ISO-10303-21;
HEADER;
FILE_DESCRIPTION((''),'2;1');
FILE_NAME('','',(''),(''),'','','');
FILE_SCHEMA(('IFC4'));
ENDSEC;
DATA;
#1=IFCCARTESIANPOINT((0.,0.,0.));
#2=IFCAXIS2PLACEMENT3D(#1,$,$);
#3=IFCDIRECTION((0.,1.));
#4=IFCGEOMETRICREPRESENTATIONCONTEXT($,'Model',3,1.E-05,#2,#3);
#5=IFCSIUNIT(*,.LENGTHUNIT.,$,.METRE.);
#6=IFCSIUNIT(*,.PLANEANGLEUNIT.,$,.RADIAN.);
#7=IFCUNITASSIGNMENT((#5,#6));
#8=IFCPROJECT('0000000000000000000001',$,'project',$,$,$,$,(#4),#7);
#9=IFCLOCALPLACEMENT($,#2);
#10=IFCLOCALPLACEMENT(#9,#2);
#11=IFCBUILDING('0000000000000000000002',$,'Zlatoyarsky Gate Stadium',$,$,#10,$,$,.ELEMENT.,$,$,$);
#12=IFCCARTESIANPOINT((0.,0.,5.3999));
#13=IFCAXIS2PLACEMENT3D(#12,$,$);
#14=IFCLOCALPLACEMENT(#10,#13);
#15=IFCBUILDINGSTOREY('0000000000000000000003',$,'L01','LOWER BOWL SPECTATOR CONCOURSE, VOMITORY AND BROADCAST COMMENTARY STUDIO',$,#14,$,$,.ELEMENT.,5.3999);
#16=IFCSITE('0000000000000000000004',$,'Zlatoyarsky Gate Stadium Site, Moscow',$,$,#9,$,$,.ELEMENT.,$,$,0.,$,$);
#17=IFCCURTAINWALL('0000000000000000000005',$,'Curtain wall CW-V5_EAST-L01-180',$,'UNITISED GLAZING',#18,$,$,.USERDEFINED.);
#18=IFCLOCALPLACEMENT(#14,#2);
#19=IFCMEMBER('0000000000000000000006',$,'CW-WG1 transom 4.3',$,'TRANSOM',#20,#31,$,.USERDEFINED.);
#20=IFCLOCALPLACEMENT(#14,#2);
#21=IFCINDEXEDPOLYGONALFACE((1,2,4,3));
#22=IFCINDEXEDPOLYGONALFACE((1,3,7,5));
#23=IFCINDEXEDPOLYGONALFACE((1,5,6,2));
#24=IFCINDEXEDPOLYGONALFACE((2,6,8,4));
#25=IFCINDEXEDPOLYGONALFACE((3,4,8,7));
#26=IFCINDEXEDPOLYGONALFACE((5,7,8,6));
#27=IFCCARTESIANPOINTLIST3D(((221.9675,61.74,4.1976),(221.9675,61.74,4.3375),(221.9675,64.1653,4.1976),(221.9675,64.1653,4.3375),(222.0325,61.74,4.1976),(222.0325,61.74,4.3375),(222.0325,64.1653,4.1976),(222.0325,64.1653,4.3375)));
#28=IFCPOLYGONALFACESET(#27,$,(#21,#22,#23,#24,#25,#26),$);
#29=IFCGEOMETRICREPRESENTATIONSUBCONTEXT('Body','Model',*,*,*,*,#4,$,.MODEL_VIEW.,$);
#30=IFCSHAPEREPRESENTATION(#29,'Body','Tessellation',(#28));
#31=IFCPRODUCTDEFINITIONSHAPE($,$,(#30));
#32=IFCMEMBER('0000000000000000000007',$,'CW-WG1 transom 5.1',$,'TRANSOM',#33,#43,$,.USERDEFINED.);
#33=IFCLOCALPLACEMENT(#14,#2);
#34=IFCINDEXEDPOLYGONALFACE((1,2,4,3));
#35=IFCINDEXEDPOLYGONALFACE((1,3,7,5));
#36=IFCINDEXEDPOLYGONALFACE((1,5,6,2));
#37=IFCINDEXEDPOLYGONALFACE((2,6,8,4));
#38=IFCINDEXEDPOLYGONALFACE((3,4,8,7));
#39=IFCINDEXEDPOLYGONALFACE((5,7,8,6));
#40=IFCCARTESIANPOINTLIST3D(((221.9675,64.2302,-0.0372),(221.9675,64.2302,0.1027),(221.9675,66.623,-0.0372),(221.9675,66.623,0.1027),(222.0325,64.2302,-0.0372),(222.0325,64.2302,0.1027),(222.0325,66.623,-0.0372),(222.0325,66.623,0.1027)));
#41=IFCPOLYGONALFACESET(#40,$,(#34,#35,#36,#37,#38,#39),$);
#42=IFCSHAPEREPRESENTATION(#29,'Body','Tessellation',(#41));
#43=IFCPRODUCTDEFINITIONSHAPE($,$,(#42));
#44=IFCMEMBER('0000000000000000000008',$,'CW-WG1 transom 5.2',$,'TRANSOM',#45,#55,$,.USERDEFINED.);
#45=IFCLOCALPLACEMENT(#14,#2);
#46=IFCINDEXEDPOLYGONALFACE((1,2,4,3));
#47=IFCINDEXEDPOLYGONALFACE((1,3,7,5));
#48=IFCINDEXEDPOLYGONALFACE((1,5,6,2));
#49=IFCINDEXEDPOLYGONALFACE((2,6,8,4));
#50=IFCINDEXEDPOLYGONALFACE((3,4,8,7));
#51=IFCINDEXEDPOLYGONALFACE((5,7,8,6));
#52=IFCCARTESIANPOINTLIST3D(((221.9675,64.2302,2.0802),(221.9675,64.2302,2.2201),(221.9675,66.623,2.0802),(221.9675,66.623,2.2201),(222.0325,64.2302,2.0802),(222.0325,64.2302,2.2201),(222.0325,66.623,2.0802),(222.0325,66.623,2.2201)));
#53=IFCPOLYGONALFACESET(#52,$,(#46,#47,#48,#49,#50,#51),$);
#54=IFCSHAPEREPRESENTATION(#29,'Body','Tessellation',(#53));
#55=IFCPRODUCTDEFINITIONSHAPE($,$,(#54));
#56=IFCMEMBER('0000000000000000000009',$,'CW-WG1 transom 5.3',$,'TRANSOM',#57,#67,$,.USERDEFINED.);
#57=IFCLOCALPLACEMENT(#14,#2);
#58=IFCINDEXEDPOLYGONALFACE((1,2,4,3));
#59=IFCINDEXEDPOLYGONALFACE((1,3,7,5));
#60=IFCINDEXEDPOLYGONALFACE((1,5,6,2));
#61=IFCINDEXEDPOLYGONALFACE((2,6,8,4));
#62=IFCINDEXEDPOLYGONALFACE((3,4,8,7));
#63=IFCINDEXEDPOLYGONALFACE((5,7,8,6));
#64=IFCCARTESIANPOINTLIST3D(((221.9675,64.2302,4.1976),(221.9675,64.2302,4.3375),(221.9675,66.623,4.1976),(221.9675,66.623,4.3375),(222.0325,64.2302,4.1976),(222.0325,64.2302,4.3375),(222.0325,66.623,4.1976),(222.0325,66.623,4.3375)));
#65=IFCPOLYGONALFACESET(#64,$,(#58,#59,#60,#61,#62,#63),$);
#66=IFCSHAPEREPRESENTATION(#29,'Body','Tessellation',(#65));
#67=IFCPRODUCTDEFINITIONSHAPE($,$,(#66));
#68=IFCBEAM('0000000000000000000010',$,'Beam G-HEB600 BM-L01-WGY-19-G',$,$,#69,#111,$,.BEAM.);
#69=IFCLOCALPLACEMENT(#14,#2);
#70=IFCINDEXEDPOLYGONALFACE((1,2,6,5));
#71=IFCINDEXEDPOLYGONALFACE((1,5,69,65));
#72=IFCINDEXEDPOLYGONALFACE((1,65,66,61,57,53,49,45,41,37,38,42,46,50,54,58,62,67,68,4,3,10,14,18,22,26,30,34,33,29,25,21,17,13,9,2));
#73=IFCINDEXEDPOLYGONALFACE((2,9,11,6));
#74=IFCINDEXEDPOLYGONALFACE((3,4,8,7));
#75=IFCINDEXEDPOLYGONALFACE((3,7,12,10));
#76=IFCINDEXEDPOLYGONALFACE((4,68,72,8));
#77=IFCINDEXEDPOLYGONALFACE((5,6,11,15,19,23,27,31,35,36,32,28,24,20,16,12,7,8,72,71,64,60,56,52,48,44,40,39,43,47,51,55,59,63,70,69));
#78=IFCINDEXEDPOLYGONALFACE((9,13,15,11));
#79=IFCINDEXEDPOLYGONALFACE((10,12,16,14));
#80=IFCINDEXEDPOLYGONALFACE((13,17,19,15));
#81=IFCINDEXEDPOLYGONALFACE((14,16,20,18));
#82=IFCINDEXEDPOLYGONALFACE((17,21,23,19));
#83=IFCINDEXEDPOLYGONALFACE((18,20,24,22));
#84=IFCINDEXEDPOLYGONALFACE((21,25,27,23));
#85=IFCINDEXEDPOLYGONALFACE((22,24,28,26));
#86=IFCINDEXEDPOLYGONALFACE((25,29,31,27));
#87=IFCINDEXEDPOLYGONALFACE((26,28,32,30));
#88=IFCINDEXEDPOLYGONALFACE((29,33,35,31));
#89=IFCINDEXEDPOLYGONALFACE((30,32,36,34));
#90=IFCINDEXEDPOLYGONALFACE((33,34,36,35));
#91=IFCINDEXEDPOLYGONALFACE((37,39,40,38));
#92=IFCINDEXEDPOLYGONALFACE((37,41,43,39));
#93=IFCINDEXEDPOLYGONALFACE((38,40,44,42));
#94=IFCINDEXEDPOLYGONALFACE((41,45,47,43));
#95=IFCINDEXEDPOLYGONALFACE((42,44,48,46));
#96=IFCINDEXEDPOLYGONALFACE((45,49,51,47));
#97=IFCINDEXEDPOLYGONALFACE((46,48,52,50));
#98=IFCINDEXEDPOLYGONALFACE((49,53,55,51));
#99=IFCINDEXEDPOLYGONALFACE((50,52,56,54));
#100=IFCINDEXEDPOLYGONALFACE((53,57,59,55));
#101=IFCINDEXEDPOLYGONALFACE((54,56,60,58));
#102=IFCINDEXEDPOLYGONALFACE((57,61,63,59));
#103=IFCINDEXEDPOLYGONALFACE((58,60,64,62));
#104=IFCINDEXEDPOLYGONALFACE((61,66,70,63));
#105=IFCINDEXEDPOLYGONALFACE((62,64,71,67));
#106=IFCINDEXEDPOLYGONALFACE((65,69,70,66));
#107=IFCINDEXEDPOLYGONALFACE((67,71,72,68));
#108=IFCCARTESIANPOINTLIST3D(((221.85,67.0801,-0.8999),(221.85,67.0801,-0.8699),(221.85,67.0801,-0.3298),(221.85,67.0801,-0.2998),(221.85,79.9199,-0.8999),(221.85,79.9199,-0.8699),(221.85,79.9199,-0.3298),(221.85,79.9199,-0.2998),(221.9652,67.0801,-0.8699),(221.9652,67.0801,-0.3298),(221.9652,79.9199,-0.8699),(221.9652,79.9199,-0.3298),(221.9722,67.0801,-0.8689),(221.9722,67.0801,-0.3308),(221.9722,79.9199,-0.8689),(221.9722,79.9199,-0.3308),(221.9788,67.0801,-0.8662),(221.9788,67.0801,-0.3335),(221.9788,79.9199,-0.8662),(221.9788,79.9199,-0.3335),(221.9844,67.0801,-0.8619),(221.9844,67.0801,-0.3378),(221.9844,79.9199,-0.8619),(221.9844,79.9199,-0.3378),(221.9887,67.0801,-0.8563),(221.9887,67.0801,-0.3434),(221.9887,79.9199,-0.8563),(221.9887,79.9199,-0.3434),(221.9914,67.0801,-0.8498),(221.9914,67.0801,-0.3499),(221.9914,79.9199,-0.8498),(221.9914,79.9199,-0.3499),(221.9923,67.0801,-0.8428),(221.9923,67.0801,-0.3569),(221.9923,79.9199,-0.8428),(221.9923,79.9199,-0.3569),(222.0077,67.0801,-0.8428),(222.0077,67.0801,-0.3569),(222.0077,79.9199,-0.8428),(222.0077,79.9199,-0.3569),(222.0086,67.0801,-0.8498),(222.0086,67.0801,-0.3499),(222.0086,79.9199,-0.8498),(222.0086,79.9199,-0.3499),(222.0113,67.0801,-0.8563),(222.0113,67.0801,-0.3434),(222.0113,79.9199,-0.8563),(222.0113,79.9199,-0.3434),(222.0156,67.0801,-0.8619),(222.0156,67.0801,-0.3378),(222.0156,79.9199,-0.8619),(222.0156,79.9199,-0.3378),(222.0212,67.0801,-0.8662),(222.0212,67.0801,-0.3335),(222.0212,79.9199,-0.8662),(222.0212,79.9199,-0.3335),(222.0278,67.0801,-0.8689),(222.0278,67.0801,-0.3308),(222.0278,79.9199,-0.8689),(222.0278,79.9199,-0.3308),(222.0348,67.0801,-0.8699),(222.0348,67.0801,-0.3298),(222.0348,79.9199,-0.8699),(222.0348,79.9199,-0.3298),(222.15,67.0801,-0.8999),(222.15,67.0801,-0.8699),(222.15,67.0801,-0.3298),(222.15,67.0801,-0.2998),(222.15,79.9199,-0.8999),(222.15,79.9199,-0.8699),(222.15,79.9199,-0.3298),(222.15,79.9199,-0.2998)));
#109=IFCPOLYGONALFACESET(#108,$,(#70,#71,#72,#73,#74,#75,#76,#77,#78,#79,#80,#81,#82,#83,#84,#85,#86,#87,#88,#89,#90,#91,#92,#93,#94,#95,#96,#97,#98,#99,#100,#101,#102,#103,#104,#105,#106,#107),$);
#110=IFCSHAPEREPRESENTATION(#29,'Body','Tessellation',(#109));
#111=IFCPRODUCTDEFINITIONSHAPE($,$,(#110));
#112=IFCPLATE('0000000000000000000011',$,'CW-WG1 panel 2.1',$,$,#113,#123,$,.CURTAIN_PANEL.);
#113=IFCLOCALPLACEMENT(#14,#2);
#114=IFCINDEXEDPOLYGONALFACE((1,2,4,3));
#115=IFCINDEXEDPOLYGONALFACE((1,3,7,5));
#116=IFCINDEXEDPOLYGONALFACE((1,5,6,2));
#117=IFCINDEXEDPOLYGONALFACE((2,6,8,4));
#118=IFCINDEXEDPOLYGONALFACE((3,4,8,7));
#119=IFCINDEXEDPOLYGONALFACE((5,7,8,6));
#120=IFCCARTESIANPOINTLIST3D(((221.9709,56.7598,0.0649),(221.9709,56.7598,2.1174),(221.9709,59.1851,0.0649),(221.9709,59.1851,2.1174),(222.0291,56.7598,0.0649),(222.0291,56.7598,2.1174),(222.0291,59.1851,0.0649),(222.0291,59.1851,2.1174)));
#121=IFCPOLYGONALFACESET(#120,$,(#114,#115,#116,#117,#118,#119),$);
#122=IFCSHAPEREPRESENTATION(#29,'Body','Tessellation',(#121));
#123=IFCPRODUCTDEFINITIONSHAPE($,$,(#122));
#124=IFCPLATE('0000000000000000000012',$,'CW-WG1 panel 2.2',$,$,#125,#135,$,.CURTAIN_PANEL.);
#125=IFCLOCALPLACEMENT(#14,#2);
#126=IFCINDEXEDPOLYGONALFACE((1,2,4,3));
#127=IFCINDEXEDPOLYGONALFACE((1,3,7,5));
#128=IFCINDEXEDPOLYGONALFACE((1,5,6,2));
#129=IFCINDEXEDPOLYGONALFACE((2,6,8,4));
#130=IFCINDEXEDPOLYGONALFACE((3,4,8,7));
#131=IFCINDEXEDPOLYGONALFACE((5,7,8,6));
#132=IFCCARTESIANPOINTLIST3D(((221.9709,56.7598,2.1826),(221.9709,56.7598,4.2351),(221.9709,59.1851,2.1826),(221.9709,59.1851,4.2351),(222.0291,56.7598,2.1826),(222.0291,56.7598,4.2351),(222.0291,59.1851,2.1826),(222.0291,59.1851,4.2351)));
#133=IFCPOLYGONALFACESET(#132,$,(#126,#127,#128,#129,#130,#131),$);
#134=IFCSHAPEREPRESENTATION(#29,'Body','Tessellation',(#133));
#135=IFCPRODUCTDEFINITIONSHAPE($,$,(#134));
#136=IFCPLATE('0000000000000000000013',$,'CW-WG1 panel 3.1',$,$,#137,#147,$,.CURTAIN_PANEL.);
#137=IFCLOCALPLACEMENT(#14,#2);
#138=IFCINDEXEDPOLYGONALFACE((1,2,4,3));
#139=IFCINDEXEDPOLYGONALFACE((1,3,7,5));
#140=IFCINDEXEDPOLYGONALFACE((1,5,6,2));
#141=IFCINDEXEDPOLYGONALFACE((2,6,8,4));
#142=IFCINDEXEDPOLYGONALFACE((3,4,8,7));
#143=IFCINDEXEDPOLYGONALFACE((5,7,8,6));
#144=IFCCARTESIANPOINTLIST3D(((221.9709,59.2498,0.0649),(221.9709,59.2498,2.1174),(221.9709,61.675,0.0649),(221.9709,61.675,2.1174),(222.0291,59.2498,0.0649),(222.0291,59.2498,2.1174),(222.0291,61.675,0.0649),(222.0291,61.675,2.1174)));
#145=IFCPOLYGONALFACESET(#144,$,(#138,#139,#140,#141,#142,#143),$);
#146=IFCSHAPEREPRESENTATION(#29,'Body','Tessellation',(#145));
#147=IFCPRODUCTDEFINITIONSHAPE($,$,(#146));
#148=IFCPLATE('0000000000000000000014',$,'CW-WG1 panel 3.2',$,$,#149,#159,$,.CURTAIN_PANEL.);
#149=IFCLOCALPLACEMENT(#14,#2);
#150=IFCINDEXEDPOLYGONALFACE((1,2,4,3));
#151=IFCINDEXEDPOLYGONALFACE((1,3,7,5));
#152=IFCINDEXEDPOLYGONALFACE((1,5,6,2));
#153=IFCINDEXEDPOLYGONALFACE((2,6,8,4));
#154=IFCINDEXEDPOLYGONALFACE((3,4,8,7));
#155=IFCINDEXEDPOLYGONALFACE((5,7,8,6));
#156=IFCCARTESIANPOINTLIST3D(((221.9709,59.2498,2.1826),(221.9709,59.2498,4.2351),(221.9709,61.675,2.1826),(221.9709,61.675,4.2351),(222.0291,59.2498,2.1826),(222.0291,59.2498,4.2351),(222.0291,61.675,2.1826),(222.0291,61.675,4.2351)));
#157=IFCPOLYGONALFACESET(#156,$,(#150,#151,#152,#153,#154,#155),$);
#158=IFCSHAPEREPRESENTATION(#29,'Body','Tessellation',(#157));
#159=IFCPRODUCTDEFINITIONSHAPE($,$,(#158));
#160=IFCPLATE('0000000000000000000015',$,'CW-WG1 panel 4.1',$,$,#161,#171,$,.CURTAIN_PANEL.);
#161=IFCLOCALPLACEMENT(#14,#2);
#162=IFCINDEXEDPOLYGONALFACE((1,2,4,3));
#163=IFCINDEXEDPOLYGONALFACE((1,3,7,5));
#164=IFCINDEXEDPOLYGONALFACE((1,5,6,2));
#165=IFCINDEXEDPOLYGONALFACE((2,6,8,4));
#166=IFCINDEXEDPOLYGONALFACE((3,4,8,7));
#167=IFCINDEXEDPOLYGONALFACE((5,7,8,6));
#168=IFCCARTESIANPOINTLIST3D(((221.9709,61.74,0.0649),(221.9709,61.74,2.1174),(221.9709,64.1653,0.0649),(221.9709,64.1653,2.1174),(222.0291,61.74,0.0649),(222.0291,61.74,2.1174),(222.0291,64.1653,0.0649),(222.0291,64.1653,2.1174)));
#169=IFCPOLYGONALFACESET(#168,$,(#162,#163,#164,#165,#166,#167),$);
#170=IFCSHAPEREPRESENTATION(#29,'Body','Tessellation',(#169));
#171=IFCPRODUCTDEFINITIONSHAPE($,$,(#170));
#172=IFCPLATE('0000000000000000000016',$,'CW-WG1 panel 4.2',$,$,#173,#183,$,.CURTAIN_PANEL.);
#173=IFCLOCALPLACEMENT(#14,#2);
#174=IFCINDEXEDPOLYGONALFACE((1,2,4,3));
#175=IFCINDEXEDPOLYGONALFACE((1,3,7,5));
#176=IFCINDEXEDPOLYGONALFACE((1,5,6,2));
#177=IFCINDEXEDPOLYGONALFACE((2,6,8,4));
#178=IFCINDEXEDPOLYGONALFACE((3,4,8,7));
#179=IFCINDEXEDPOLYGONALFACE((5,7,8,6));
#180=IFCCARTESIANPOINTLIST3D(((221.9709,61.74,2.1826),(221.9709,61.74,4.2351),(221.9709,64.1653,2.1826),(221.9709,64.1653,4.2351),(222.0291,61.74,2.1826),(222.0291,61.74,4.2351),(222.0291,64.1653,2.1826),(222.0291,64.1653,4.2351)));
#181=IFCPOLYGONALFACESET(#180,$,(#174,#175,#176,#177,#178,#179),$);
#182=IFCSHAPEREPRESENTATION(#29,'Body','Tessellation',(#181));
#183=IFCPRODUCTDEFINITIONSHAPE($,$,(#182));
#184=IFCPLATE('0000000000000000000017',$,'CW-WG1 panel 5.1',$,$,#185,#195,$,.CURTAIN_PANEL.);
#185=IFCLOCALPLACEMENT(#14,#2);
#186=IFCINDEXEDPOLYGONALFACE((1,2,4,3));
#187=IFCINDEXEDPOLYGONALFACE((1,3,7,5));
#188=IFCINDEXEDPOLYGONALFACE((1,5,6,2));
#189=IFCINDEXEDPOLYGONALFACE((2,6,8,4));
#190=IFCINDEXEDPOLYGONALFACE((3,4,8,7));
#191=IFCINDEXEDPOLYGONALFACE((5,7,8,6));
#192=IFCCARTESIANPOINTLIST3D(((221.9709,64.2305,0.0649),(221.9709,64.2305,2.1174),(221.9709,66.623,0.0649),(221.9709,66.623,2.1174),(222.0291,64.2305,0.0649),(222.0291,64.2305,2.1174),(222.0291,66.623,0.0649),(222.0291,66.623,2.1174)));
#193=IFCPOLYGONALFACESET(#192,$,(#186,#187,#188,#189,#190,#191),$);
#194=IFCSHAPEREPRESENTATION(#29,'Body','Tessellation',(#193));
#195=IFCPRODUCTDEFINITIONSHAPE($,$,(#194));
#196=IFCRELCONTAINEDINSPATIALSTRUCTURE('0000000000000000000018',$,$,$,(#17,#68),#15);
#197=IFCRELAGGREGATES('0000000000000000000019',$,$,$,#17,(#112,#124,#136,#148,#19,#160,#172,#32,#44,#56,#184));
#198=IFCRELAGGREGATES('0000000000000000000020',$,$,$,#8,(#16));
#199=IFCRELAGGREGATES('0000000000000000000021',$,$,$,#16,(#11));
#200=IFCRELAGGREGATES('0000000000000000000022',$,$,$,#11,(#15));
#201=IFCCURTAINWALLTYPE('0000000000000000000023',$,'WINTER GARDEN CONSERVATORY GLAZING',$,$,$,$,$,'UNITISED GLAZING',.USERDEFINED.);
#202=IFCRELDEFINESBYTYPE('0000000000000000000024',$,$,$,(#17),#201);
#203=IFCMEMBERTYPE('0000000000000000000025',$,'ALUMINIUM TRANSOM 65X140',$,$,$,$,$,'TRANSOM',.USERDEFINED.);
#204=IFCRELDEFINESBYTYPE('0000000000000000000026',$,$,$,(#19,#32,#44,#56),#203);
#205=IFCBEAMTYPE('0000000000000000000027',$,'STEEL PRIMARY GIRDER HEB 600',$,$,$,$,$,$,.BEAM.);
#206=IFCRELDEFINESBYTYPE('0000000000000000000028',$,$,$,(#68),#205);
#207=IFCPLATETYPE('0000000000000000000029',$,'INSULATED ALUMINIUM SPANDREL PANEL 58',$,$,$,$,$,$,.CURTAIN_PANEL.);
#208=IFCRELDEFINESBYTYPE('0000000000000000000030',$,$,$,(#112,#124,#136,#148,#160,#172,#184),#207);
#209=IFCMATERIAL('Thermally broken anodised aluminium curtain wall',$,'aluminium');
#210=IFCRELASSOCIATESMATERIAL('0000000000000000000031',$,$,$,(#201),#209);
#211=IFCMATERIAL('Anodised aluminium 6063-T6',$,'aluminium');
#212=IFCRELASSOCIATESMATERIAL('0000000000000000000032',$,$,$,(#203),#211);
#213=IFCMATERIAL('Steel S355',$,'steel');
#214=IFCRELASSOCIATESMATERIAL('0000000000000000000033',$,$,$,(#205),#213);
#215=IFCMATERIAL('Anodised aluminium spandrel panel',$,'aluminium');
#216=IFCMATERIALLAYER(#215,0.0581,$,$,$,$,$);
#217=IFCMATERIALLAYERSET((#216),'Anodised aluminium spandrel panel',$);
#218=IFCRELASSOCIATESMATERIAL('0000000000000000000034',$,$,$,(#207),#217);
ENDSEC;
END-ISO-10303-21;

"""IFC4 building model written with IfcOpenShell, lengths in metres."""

from ifc_helpers import new_model, si_unit, direction, frame, origin, origin_2d, place, context, subcontext, project, spatial, rectangle, i_section, extrude, material, layer, layer_set, material_profile, profile_set, type_object, element, aggregate, save


model = new_model("IFC4")

# Units and contexts
model_context = context("Model", 3, precision=1e-05, world=origin(), true_north=direction((0.0, 1.0)))
body_context = subcontext(model_context, "Body", "Model", "MODEL_VIEW")
ifc_project = project(units=[si_unit("LENGTHUNIT", "METRE"), si_unit("PLANEANGLEUNIT", "RADIAN")], contexts=[model_context])

# Site, building, storey
site_placement = place(None, origin())
site = spatial("IfcSite", under=ifc_project, at=site_placement, Name="Zlatoyarsky Gate Stadium Site, Moscow", CompositionType="ELEMENT", RefElevation=0.0)
building_placement = place(site_placement, origin())
building = spatial("IfcBuilding", under=site, at=building_placement, Name="Zlatoyarsky Gate Stadium", CompositionType="ELEMENT")
storey_placement = place(building_placement, frame((0.0, 0.0, 5.3999)))
storey = spatial("IfcBuildingStorey", under=building, at=storey_placement, Name="L01", Description="LOWER BOWL SPECTATOR CONCOURSE, VOMITORY AND BROADCAST COMMENTARY STUDIO", CompositionType="ELEMENT", Elevation=5.3999)

# Curtain wall, members
ifc_material_1 = material(Name="Thermally broken anodised aluminium curtain wall", Category="aluminium")
curtain_wall_type = type_object("IfcCurtainWallType", Name="WINTER GARDEN CONSERVATORY GLAZING", ElementType="UNITISED GLAZING", PredefinedType="USERDEFINED", material=ifc_material_1)
curtain_wall_placement = place(storey_placement, origin())
curtain_wall = element("IfcCurtainWall", 1, at=curtain_wall_placement, inside=storey, type_object=curtain_wall_type, Name="Curtain wall CW-V5_EAST-L01-180", ObjectType="UNITISED GLAZING", PredefinedType="USERDEFINED")
ifc_material_2 = material(Name="Anodised aluminium 6063-T6", Category="aluminium")
ifc_material_profile_1 = material_profile(ifc_material_2, rectangle(XDim=0.0649, YDim=0.1399, at=origin_2d()), Name="ALU 65X140")
ifc_profile_set_1 = profile_set([ifc_material_profile_1], Name="Anodised aluminium 6063-T6")
member_type_1 = type_object("IfcMemberType", Name="ALUMINIUM TRANSOM 65X140", ElementType="TRANSOM", PredefinedType="USERDEFINED", material=ifc_profile_set_1)
member_1_placement = place(storey_placement, frame((222.0, 61.74, 4.2676), z_axis=(0.0, 1.0, 0.0), x_axis=(-1.0, 0.0, 0.0)))
member_1 = element("IfcMember", 2, at=member_1_placement, type_object=member_type_1, Name="CW-WG1 transom 4.3", ObjectType="TRANSOM", PredefinedType="USERDEFINED", context=body_context, shape_type="SweptSolid", body=[
    extrude(rectangle(XDim=0.0649, YDim=0.1399, at=origin_2d()), origin(), (0.0, 0.0, 1.0), 2.4253),
])
member_2_placement = place(storey_placement, frame((222.0, 64.2302, 0.0327), z_axis=(0.0, 1.0, 0.0), x_axis=(-1.0, 0.0, 0.0)))
member_2 = element("IfcMember", 3, at=member_2_placement, type_object=member_type_1, Name="CW-WG1 transom 5.1", ObjectType="TRANSOM", PredefinedType="USERDEFINED", context=body_context, shape_type="SweptSolid", body=[
    extrude(rectangle(XDim=0.0649, YDim=0.1399, at=origin_2d()), origin(), (0.0, 0.0, 1.0), 2.3928),
])
member_3_placement = place(storey_placement, frame((222.0, 64.2302, 2.1501), z_axis=(0.0, 1.0, 0.0), x_axis=(-1.0, 0.0, 0.0)))
member_3 = element("IfcMember", 4, at=member_3_placement, type_object=member_type_1, Name="CW-WG1 transom 5.2", ObjectType="TRANSOM", PredefinedType="USERDEFINED", context=body_context, shape_type="SweptSolid", body=[
    extrude(rectangle(XDim=0.0649, YDim=0.1399, at=origin_2d()), origin(), (0.0, 0.0, 1.0), 2.3928),
])
member_4_placement = place(storey_placement, frame((222.0, 64.2302, 4.2676), z_axis=(0.0, 1.0, 0.0), x_axis=(-1.0, 0.0, 0.0)))
member_4 = element("IfcMember", 5, at=member_4_placement, type_object=member_type_1, Name="CW-WG1 transom 5.3", ObjectType="TRANSOM", PredefinedType="USERDEFINED", context=body_context, shape_type="SweptSolid", body=[
    extrude(rectangle(XDim=0.0649, YDim=0.1399, at=origin_2d()), origin(), (0.0, 0.0, 1.0), 2.3928),
])

# Beam
ifc_material_3 = material(Name="Steel S355", Category="steel")
ifc_material_profile_2 = material_profile(ifc_material_3, i_section(OverallWidth=0.3, OverallDepth=0.6001, WebThickness=0.0154, FlangeThickness=0.03, FilletRadius=0.0271, at=origin_2d()), Name="HEB 600")
ifc_profile_set_2 = profile_set([ifc_material_profile_2], Name="Steel S355")
beam_type = type_object("IfcBeamType", Name="STEEL PRIMARY GIRDER HEB 600", PredefinedType="BEAM", material=ifc_profile_set_2)
beam_placement = place(storey_placement, frame((222.0, 67.0801, -0.5999), z_axis=(0.0, 1.0, 0.0), x_axis=(-1.0, 0.0, 0.0)))
element("IfcBeam", 6, at=beam_placement, inside=storey, type_object=beam_type, Name="Beam G-HEB600 BM-L01-WGY-19-G", PredefinedType="BEAM", context=body_context, shape_type="SweptSolid", body=[
    extrude(i_section(OverallWidth=0.3, OverallDepth=0.6001, WebThickness=0.0154, FlangeThickness=0.03, FilletRadius=0.0271, at=origin_2d()), origin(), (0.0, 0.0, 1.0), 12.8398),
])

# Plates
ifc_material_4 = material(Name="Anodised aluminium spandrel panel", Category="aluminium")
ifc_layer_1 = layer(ifc_material_4, 0.0581)
ifc_layer_set_1 = layer_set([ifc_layer_1], Name="Anodised aluminium spandrel panel")
plate_type = type_object("IfcPlateType", Name="INSULATED ALUMINIUM SPANDREL PANEL 58", PredefinedType="CURTAIN_PANEL", material=ifc_layer_set_1)
plate_1_placement = place(storey_placement, frame((222.0, 57.9724, 0.0649), z_axis=(0.0, 0.0, 1.0), x_axis=(0.0, 1.0, 0.0)))
plate_1 = element("IfcPlate", 7, at=plate_1_placement, type_object=plate_type, Name="CW-WG1 panel 2.1", PredefinedType="CURTAIN_PANEL", context=body_context, shape_type="SweptSolid", body=[
    extrude(rectangle(XDim=2.4253, YDim=0.0581, at=origin_2d()), origin(), (0.0, 0.0, 1.0), 2.0525),
])
plate_2_placement = place(storey_placement, frame((222.0, 57.9724, 2.1826), z_axis=(0.0, 0.0, 1.0), x_axis=(0.0, 1.0, 0.0)))
plate_2 = element("IfcPlate", 8, at=plate_2_placement, type_object=plate_type, Name="CW-WG1 panel 2.2", PredefinedType="CURTAIN_PANEL", context=body_context, shape_type="SweptSolid", body=[
    extrude(rectangle(XDim=2.4253, YDim=0.0581, at=origin_2d()), origin(), (0.0, 0.0, 1.0), 2.0525),
])
plate_3_placement = place(storey_placement, frame((222.0, 60.4624, 0.0649), z_axis=(0.0, 0.0, 1.0), x_axis=(0.0, 1.0, 0.0)))
plate_3 = element("IfcPlate", 9, at=plate_3_placement, type_object=plate_type, Name="CW-WG1 panel 3.1", PredefinedType="CURTAIN_PANEL", context=body_context, shape_type="SweptSolid", body=[
    extrude(rectangle(XDim=2.4253, YDim=0.0581, at=origin_2d()), origin(), (0.0, 0.0, 1.0), 2.0525),
])
plate_4_placement = place(storey_placement, frame((222.0, 60.4624, 2.1826), z_axis=(0.0, 0.0, 1.0), x_axis=(0.0, 1.0, 0.0)))
plate_4 = element("IfcPlate", 10, at=plate_4_placement, type_object=plate_type, Name="CW-WG1 panel 3.2", PredefinedType="CURTAIN_PANEL", context=body_context, shape_type="SweptSolid", body=[
    extrude(rectangle(XDim=2.4253, YDim=0.0581, at=origin_2d()), origin(), (0.0, 0.0, 1.0), 2.0525),
])
plate_5_placement = place(storey_placement, frame((222.0, 62.9526, 0.0649), z_axis=(0.0, 0.0, 1.0), x_axis=(0.0, 1.0, 0.0)))
plate_5 = element("IfcPlate", 11, at=plate_5_placement, type_object=plate_type, Name="CW-WG1 panel 4.1", PredefinedType="CURTAIN_PANEL", context=body_context, shape_type="SweptSolid", body=[
    extrude(rectangle(XDim=2.4253, YDim=0.0581, at=origin_2d()), origin(), (0.0, 0.0, 1.0), 2.0525),
])
plate_6_placement = place(storey_placement, frame((222.0, 62.9526, 2.1826), z_axis=(0.0, 0.0, 1.0), x_axis=(0.0, 1.0, 0.0)))
plate_6 = element("IfcPlate", 12, at=plate_6_placement, type_object=plate_type, Name="CW-WG1 panel 4.2", PredefinedType="CURTAIN_PANEL", context=body_context, shape_type="SweptSolid", body=[
    extrude(rectangle(XDim=2.4253, YDim=0.0581, at=origin_2d()), origin(), (0.0, 0.0, 1.0), 2.0525),
])
plate_7_placement = place(storey_placement, frame((222.0, 65.4268, 0.0649), z_axis=(0.0, 0.0, 1.0), x_axis=(0.0, 1.0, 0.0)))
plate_7 = element("IfcPlate", 13, at=plate_7_placement, type_object=plate_type, Name="CW-WG1 panel 5.1", PredefinedType="CURTAIN_PANEL", context=body_context, shape_type="SweptSolid", body=[
    extrude(rectangle(XDim=2.3926, YDim=0.0581, at=origin_2d()), origin(), (0.0, 0.0, 1.0), 2.0525),
])
aggregate(curtain_wall, [plate_1, plate_2, plate_3, plate_4, member_1, plate_5, plate_6, member_2, member_3, member_4, plate_7])

save(model, "model.ifc")
